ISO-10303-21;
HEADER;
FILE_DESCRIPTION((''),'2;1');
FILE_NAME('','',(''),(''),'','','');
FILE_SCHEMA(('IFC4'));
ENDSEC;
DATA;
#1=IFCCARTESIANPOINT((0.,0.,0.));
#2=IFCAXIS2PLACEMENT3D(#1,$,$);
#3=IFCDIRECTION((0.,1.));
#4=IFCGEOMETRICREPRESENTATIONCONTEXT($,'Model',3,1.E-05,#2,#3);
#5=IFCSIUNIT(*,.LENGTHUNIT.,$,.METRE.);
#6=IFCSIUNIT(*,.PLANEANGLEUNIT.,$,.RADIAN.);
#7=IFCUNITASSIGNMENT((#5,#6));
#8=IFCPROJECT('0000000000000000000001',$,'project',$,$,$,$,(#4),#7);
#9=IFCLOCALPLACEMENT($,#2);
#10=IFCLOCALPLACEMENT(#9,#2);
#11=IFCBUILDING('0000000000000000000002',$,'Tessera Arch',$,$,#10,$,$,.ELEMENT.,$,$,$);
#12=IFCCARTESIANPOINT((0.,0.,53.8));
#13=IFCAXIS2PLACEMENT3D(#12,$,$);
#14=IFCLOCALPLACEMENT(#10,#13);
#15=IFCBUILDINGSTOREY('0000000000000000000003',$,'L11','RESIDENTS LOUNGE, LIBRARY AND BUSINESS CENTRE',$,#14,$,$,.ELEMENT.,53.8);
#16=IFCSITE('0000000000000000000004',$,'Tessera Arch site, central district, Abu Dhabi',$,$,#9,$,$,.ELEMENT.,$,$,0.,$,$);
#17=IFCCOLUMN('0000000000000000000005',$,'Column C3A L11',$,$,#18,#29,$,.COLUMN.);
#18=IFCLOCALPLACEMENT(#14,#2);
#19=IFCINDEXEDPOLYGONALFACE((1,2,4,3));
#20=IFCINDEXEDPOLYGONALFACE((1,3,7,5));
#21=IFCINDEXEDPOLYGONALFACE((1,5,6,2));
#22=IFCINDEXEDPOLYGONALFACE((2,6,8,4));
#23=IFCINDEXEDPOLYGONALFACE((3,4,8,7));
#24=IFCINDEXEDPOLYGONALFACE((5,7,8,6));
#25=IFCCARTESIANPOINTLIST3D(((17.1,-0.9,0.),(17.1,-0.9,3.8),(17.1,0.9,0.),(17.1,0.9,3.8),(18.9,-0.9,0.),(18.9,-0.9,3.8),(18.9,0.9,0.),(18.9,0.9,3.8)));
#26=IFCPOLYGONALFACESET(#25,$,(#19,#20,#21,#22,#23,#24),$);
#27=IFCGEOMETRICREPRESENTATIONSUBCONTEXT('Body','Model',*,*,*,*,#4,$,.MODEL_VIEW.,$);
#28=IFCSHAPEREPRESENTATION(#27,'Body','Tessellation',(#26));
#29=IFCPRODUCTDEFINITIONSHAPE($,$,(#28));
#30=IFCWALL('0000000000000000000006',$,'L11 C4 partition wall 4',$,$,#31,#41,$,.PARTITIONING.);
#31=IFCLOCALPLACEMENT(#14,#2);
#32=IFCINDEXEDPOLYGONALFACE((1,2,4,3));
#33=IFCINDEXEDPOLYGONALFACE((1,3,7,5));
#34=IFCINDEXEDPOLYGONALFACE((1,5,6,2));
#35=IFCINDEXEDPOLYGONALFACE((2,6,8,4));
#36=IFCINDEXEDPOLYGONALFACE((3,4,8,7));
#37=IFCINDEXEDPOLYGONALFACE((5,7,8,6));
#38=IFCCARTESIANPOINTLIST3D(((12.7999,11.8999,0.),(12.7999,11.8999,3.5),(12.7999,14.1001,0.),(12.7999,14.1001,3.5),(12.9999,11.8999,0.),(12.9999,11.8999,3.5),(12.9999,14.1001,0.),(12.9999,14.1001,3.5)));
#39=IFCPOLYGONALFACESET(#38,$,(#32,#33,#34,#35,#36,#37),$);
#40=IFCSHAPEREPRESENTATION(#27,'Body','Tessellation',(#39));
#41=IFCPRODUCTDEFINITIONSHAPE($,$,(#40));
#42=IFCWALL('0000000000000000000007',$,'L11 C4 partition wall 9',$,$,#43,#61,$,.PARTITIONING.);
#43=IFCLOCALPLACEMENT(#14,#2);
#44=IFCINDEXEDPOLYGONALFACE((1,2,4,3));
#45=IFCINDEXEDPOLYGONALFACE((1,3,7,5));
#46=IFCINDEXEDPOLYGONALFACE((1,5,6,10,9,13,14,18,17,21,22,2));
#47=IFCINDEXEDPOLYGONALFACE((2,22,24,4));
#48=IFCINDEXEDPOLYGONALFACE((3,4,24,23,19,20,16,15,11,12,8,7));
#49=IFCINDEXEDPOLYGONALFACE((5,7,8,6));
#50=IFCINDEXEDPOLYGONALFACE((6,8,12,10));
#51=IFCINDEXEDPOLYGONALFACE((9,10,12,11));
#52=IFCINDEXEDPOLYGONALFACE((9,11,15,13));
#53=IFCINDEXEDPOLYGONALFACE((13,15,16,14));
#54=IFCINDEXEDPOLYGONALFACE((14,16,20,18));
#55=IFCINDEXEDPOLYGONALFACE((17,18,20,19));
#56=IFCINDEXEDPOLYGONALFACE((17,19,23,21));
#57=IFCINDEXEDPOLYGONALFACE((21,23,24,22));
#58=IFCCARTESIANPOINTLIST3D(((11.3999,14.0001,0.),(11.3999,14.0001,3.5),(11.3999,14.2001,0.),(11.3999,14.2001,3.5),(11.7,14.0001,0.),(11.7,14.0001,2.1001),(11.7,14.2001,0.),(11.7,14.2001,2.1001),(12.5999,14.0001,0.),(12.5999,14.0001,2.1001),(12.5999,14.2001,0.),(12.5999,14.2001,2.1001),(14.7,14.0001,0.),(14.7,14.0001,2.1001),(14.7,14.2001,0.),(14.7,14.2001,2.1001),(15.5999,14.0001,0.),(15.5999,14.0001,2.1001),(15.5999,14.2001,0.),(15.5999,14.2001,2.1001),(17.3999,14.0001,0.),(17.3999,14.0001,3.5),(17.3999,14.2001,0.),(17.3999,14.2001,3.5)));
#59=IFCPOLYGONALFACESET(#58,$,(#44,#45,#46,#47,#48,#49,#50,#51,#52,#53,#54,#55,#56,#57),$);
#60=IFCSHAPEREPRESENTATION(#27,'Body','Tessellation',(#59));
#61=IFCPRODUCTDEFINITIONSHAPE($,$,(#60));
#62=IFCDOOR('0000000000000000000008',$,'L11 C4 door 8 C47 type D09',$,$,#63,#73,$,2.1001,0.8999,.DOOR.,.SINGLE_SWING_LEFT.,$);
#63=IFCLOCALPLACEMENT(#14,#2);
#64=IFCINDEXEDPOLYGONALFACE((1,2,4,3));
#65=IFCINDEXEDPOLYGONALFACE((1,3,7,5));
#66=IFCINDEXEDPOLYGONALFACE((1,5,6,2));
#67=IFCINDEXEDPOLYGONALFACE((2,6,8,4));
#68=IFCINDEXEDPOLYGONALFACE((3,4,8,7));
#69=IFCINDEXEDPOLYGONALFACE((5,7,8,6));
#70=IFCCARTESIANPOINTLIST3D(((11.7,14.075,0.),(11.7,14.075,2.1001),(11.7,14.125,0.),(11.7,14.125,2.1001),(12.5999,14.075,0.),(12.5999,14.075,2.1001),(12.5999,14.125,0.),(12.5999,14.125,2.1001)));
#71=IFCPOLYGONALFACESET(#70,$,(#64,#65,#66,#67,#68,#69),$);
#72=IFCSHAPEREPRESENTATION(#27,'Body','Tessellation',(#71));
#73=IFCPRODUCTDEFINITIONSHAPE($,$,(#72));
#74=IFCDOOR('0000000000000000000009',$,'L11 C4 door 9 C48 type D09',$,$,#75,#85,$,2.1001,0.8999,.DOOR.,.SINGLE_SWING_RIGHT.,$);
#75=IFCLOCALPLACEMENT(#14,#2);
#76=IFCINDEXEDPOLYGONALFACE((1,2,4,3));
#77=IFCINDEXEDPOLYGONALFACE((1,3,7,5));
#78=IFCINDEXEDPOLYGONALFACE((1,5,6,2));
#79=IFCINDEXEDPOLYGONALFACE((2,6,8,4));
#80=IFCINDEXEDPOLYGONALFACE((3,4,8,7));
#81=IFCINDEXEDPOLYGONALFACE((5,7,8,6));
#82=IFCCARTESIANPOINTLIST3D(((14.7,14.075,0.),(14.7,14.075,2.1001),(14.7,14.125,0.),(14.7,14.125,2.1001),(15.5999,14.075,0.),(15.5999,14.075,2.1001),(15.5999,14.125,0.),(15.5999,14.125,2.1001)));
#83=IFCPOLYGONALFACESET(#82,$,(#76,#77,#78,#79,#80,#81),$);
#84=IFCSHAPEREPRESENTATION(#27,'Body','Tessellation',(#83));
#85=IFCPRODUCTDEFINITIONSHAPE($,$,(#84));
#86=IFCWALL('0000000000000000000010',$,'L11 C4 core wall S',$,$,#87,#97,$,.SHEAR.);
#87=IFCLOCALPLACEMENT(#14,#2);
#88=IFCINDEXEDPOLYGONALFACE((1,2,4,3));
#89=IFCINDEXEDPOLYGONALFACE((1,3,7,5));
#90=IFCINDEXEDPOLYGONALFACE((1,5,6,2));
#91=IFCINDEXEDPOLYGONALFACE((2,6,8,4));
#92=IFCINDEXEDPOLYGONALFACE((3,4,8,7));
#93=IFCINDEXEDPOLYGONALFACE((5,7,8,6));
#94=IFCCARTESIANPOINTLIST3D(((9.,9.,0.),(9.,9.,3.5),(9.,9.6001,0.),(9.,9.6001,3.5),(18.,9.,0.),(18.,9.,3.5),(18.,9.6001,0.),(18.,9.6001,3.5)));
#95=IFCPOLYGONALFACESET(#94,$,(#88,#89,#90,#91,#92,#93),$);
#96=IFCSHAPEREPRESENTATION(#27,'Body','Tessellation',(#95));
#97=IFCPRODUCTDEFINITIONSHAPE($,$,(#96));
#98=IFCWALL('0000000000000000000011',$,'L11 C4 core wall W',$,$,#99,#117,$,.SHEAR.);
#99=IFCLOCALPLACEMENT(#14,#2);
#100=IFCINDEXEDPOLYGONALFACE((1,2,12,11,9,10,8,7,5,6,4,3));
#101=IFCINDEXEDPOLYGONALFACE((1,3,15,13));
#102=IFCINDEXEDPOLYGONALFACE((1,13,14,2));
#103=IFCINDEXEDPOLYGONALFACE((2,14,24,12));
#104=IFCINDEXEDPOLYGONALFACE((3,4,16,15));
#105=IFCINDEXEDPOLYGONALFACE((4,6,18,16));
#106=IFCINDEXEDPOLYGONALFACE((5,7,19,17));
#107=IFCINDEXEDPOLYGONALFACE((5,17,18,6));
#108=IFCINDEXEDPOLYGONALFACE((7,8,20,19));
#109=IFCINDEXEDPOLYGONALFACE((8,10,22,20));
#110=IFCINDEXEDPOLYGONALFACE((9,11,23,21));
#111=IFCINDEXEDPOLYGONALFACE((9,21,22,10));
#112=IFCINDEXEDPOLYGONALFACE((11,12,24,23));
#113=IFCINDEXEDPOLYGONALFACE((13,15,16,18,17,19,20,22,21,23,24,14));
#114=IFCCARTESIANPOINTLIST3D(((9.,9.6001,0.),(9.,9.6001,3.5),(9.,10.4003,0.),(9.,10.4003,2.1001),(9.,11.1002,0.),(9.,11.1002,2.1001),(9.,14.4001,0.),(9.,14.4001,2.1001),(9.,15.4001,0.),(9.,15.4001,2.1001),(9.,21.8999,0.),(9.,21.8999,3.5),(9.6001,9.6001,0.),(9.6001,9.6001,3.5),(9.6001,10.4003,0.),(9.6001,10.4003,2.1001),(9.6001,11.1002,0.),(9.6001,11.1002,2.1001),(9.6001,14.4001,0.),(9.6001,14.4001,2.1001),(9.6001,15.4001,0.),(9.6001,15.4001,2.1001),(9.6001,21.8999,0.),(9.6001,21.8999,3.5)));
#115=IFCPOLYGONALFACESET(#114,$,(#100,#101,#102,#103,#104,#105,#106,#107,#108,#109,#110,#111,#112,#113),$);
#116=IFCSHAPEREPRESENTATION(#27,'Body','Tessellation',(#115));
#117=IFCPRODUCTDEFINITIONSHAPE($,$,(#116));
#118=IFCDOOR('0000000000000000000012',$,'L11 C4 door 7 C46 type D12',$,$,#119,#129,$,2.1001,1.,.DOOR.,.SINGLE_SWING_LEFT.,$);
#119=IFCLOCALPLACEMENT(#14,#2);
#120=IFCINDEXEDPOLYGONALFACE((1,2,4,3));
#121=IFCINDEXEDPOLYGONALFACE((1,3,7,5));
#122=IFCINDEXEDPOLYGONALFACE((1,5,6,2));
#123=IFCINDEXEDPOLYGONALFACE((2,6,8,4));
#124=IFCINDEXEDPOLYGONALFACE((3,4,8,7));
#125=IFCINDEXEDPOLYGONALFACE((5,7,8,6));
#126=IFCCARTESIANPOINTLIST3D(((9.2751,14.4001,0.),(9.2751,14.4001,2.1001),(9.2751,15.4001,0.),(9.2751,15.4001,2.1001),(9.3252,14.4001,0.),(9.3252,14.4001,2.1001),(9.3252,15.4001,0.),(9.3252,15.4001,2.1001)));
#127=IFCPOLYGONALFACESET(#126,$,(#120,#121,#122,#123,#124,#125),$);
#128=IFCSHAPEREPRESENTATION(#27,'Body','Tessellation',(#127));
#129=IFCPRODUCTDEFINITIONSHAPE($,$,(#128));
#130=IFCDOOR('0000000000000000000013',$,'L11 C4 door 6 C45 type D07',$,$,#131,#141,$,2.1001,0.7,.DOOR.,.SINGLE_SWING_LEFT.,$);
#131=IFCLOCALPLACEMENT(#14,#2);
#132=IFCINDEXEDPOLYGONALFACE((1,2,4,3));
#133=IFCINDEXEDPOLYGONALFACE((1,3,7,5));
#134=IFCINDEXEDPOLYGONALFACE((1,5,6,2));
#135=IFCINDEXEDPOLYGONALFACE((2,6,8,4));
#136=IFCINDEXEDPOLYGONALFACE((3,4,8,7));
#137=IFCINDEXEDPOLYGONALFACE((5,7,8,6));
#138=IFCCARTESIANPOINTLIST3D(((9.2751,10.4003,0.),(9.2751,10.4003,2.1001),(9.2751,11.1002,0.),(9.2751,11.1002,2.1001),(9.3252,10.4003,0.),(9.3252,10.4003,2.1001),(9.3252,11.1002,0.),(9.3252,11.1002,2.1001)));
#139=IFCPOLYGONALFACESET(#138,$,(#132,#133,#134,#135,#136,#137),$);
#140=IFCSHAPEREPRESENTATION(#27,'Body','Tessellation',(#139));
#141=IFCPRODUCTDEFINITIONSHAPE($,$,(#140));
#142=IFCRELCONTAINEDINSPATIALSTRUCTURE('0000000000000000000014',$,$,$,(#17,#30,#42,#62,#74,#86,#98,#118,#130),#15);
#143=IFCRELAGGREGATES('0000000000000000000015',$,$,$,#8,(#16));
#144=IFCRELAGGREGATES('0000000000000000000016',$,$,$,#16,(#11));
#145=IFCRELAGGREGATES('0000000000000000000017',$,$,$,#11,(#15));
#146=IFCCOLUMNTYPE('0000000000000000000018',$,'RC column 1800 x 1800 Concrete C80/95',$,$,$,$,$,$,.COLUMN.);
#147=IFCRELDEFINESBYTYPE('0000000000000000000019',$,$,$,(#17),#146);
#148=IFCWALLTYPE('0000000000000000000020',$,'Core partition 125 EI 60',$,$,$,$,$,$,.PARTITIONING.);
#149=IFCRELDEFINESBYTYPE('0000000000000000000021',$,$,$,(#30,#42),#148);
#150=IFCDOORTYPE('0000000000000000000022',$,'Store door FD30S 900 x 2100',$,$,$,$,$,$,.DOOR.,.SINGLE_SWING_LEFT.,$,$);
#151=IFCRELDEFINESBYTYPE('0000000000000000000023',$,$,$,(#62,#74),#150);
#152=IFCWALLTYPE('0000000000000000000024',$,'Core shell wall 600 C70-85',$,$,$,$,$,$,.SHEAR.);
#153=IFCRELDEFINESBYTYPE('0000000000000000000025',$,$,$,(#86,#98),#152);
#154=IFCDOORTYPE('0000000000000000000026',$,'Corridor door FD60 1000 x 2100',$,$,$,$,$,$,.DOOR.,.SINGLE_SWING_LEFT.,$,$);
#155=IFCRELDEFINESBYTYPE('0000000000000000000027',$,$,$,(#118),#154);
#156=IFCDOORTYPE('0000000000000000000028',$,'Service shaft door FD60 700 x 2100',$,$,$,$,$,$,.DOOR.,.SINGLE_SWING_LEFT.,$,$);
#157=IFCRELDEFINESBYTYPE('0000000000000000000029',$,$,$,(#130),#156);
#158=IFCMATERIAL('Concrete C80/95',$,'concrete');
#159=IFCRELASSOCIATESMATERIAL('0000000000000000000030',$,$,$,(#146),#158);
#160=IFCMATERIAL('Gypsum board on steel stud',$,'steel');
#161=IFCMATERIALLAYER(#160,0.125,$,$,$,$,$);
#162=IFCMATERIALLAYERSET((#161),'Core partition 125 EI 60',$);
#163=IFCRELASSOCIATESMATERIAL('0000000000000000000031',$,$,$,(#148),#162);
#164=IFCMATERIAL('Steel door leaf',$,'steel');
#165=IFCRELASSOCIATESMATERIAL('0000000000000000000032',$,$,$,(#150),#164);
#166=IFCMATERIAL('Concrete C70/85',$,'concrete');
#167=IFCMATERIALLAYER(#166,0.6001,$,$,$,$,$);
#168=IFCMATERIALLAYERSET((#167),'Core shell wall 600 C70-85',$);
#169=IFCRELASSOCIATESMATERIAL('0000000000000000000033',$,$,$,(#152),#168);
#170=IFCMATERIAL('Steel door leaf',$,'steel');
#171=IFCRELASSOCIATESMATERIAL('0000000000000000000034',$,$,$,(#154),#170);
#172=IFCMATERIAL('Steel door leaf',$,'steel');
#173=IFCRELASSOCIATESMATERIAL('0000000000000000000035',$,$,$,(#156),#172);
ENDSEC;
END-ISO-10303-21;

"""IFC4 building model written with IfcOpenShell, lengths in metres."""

from ifc_helpers import new_model, si_unit, direction, frame, frame_2d, origin, origin_2d, place, context, subcontext, project, spatial, rectangle, extrude, material, layer, layer_set, material_profile, profile_set, type_object, element, fill, save


model = new_model("IFC4")

# Units and contexts
model_context = context("Model", 3, precision=1e-05, world=origin(), true_north=direction((0.0, 1.0)))
body_context = subcontext(model_context, "Body", "Model", "MODEL_VIEW")
ifc_project = project(units=[si_unit("LENGTHUNIT", "METRE"), si_unit("PLANEANGLEUNIT", "RADIAN")], contexts=[model_context])

# Site, building, storey
site_placement = place(None, origin())
site = spatial("IfcSite", under=ifc_project, at=site_placement, Name="Tessera Arch site, central district, Abu Dhabi", CompositionType="ELEMENT", RefElevation=0.0)
building_placement = place(site_placement, origin())
building = spatial("IfcBuilding", under=site, at=building_placement, Name="Tessera Arch", CompositionType="ELEMENT")
storey_placement = place(building_placement, frame((0.0, 0.0, 53.8)))
storey = spatial("IfcBuildingStorey", under=building, at=storey_placement, Name="L11", Description="RESIDENTS LOUNGE, LIBRARY AND BUSINESS CENTRE", CompositionType="ELEMENT", Elevation=53.8)

# Column
ifc_material_1 = material(Name="Concrete C80/95", Category="concrete")
ifc_material_profile = material_profile(ifc_material_1, rectangle(XDim=1.8, YDim=1.8, at=origin_2d()), Name="RC column 1800 x 1800 Concrete C80/95")
ifc_profile_set = profile_set([ifc_material_profile], Name="Concrete C80/95")
column_type = type_object("IfcColumnType", Name="RC column 1800 x 1800 Concrete C80/95", PredefinedType="COLUMN", material=ifc_profile_set)
column_placement = place(storey_placement, frame((18.0, 0.0, 0.0), z_axis=(0.0, 0.0, 1.0), x_axis=(1.0, 0.0, 0.0)))
element("IfcColumn", 1, at=column_placement, inside=storey, type_object=column_type, Name="Column C3A L11", PredefinedType="COLUMN", context=body_context, shape_type="SweptSolid", body=[
    extrude(rectangle(XDim=1.8, YDim=1.8, at=origin_2d()), origin(), (0.0, 0.0, 1.0), 3.8),
])

# Wall
ifc_material_2 = material(Name="Gypsum board on steel stud", Category="steel")
ifc_layer_1 = layer(ifc_material_2, 0.125)
ifc_layer_set_1 = layer_set([ifc_layer_1], Name="Core partition 125 EI 60")
wall_type_1 = type_object("IfcWallType", Name="Core partition 125 EI 60", PredefinedType="PARTITIONING", material=ifc_layer_set_1)
wall_1_placement = place(storey_placement, frame((12.8999, 11.8999, 0.0), z_axis=(0.0, 0.0, 1.0), x_axis=(0.0, 1.0, 0.0)))
element("IfcWall", 2, at=wall_1_placement, inside=storey, type_object=wall_type_1, Name="L11 C4 partition wall 4", PredefinedType="PARTITIONING", context=body_context, shape_type="SweptSolid", body=[
    extrude(rectangle(XDim=2.2002, YDim=0.2, at=frame_2d((1.1001, 0.0))), origin(), (0.0, 0.0, 1.0), 3.5),
])

# Wall, openings, doors
wall_2_placement = place(storey_placement, frame((11.3999, 14.1001, 0.0), z_axis=(0.0, 0.0, 1.0), x_axis=(1.0, 0.0, 0.0)))
wall_2 = element("IfcWall", 3, at=wall_2_placement, inside=storey, type_object=wall_type_1, Name="L11 C4 partition wall 9", PredefinedType="PARTITIONING", context=body_context, shape_type="SweptSolid", body=[
    extrude(rectangle(XDim=6.0, YDim=0.2, at=frame_2d((3.0, 0.0))), origin(), (0.0, 0.0, 1.0), 3.5),
])
opening_1_placement = place(wall_2_placement, frame((0.3, 0.0, 0.0)))
opening_1 = element("IfcOpeningElement", 4, at=opening_1_placement, cuts=wall_2, PredefinedType="OPENING", context=body_context, shape_type="SweptSolid", body=[
    extrude(rectangle(XDim=0.8999, YDim=2.1001, at=frame_2d((0.45, 1.05))), frame((0.0, 0.1099, 0.0), z_axis=(0.0, -1.0, 0.0), x_axis=(1.0, 0.0, 0.0)), (0.0, 0.0, 1.0), 0.22),
])
opening_2_placement = place(wall_2_placement, frame((3.3, 0.0, 0.0)))
opening_2 = element("IfcOpeningElement", 5, at=opening_2_placement, cuts=wall_2, PredefinedType="OPENING", context=body_context, shape_type="SweptSolid", body=[
    extrude(rectangle(XDim=0.8999, YDim=2.1001, at=frame_2d((0.45, 1.05))), frame((0.0, 0.1099, 0.0), z_axis=(0.0, -1.0, 0.0), x_axis=(1.0, 0.0, 0.0)), (0.0, 0.0, 1.0), 0.22),
])
ifc_material_3 = material(Name="Steel door leaf", Category="steel")
door_type_1 = type_object("IfcDoorType", Name="Store door FD30S 900 x 2100", OperationType="SINGLE_SWING_LEFT", PredefinedType="DOOR", material=ifc_material_3)
door_1_placement = place(opening_1_placement, origin())
door_1 = element("IfcDoor", 6, at=door_1_placement, inside=storey, type_object=door_type_1, Name="L11 C4 door 8 C47 type D09", OperationType="SINGLE_SWING_LEFT", OverallHeight=2.1001, OverallWidth=0.8999, PredefinedType="DOOR", context=body_context, shape_type="SweptSolid", body=[
    extrude(rectangle(XDim=0.8999, YDim=2.1001, at=frame_2d((0.45, 1.05))), frame((0.0, 0.0249, 0.0), z_axis=(0.0, -1.0, 0.0), x_axis=(1.0, 0.0, 0.0)), (0.0, 0.0, 1.0), 0.05),
])
fill(opening_1, door_1)
door_2_placement = place(opening_2_placement, origin())
door_2 = element("IfcDoor", 7, at=door_2_placement, inside=storey, type_object=door_type_1, Name="L11 C4 door 9 C48 type D09", OperationType="SINGLE_SWING_RIGHT", OverallHeight=2.1001, OverallWidth=0.8999, PredefinedType="DOOR", context=body_context, shape_type="SweptSolid", body=[
    extrude(rectangle(XDim=0.8999, YDim=2.1001, at=frame_2d((0.45, 1.05))), frame((0.0, 0.0249, 0.0), z_axis=(0.0, -1.0, 0.0), x_axis=(1.0, 0.0, 0.0)), (0.0, 0.0, 1.0), 0.05),
])
fill(opening_2, door_2)

# Wall
ifc_material_4 = material(Name="Concrete C70/85", Category="concrete")
ifc_layer_2 = layer(ifc_material_4, 0.6001)
ifc_layer_set_2 = layer_set([ifc_layer_2], Name="Core shell wall 600 C70-85")
wall_type_2 = type_object("IfcWallType", Name="Core shell wall 600 C70-85", PredefinedType="SHEAR", material=ifc_layer_set_2)
wall_3_placement = place(storey_placement, frame((9.0, 9.3, 0.0), z_axis=(0.0, 0.0, 1.0), x_axis=(1.0, 0.0, 0.0)))
element("IfcWall", 8, at=wall_3_placement, inside=storey, type_object=wall_type_2, Name="L11 C4 core wall S", PredefinedType="SHEAR", context=body_context, shape_type="SweptSolid", body=[
    extrude(rectangle(XDim=9.0, YDim=0.6001, at=frame_2d((4.5, 0.0))), origin(), (0.0, 0.0, 1.0), 3.5),
])

# Wall, openings, doors
wall_4_placement = place(storey_placement, frame((9.3, 9.6001, 0.0), z_axis=(0.0, 0.0, 1.0), x_axis=(0.0, 1.0, 0.0)))
wall_4 = element("IfcWall", 9, at=wall_4_placement, inside=storey, type_object=wall_type_2, Name="L11 C4 core wall W", PredefinedType="SHEAR", context=body_context, shape_type="SweptSolid", body=[
    extrude(rectangle(XDim=12.2998, YDim=0.6001, at=frame_2d((6.1499, 0.0))), origin(), (0.0, 0.0, 1.0), 3.5),
])
opening_3_placement = place(wall_4_placement, frame((0.8, 0.0, 0.0)))
opening_3 = element("IfcOpeningElement", 10, at=opening_3_placement, cuts=wall_4, PredefinedType="OPENING", context=body_context, shape_type="SweptSolid", body=[
    extrude(rectangle(XDim=0.7, YDim=2.1001, at=frame_2d((0.3501, 1.05))), frame((0.0, 0.3101, 0.0), z_axis=(0.0, -1.0, 0.0), x_axis=(1.0, 0.0, 0.0)), (0.0, 0.0, 1.0), 0.6201),
])
opening_4_placement = place(wall_4_placement, frame((4.8, 0.0, 0.0)))
opening_4 = element("IfcOpeningElement", 11, at=opening_4_placement, cuts=wall_4, PredefinedType="OPENING", context=body_context, shape_type="SweptSolid", body=[
    extrude(rectangle(XDim=1.0, YDim=2.1001, at=frame_2d((0.5, 1.05))), frame((0.0, 0.3101, 0.0), z_axis=(0.0, -1.0, 0.0), x_axis=(1.0, 0.0, 0.0)), (0.0, 0.0, 1.0), 0.6201),
])
ifc_material_5 = material(Name="Steel door leaf", Category="steel")
door_type_2 = type_object("IfcDoorType", Name="Corridor door FD60 1000 x 2100", OperationType="SINGLE_SWING_LEFT", PredefinedType="DOOR", material=ifc_material_5)
door_3_placement = place(opening_4_placement, origin())
door_3 = element("IfcDoor", 12, at=door_3_placement, inside=storey, type_object=door_type_2, Name="L11 C4 door 7 C46 type D12", OperationType="SINGLE_SWING_LEFT", OverallHeight=2.1001, OverallWidth=1.0, PredefinedType="DOOR", context=body_context, shape_type="SweptSolid", body=[
    extrude(rectangle(XDim=1.0, YDim=2.1001, at=frame_2d((0.5, 1.05))), frame((0.0, 0.0249, 0.0), z_axis=(0.0, -1.0, 0.0), x_axis=(1.0, 0.0, 0.0)), (0.0, 0.0, 1.0), 0.05),
])
fill(opening_4, door_3)
ifc_material_6 = material(Name="Steel door leaf", Category="steel")
door_type_3 = type_object("IfcDoorType", Name="Service shaft door FD60 700 x 2100", OperationType="SINGLE_SWING_LEFT", PredefinedType="DOOR", material=ifc_material_6)
door_4_placement = place(opening_3_placement, origin())
door_4 = element("IfcDoor", 13, at=door_4_placement, inside=storey, type_object=door_type_3, Name="L11 C4 door 6 C45 type D07", OperationType="SINGLE_SWING_LEFT", OverallHeight=2.1001, OverallWidth=0.7, PredefinedType="DOOR", context=body_context, shape_type="SweptSolid", body=[
    extrude(rectangle(XDim=0.7, YDim=2.1001, at=frame_2d((0.3501, 1.05))), frame((0.0, 0.0249, 0.0), z_axis=(0.0, -1.0, 0.0), x_axis=(1.0, 0.0, 0.0)), (0.0, 0.0, 1.0), 0.05),
])
fill(opening_3, door_4)

save(model, "model.ifc")
